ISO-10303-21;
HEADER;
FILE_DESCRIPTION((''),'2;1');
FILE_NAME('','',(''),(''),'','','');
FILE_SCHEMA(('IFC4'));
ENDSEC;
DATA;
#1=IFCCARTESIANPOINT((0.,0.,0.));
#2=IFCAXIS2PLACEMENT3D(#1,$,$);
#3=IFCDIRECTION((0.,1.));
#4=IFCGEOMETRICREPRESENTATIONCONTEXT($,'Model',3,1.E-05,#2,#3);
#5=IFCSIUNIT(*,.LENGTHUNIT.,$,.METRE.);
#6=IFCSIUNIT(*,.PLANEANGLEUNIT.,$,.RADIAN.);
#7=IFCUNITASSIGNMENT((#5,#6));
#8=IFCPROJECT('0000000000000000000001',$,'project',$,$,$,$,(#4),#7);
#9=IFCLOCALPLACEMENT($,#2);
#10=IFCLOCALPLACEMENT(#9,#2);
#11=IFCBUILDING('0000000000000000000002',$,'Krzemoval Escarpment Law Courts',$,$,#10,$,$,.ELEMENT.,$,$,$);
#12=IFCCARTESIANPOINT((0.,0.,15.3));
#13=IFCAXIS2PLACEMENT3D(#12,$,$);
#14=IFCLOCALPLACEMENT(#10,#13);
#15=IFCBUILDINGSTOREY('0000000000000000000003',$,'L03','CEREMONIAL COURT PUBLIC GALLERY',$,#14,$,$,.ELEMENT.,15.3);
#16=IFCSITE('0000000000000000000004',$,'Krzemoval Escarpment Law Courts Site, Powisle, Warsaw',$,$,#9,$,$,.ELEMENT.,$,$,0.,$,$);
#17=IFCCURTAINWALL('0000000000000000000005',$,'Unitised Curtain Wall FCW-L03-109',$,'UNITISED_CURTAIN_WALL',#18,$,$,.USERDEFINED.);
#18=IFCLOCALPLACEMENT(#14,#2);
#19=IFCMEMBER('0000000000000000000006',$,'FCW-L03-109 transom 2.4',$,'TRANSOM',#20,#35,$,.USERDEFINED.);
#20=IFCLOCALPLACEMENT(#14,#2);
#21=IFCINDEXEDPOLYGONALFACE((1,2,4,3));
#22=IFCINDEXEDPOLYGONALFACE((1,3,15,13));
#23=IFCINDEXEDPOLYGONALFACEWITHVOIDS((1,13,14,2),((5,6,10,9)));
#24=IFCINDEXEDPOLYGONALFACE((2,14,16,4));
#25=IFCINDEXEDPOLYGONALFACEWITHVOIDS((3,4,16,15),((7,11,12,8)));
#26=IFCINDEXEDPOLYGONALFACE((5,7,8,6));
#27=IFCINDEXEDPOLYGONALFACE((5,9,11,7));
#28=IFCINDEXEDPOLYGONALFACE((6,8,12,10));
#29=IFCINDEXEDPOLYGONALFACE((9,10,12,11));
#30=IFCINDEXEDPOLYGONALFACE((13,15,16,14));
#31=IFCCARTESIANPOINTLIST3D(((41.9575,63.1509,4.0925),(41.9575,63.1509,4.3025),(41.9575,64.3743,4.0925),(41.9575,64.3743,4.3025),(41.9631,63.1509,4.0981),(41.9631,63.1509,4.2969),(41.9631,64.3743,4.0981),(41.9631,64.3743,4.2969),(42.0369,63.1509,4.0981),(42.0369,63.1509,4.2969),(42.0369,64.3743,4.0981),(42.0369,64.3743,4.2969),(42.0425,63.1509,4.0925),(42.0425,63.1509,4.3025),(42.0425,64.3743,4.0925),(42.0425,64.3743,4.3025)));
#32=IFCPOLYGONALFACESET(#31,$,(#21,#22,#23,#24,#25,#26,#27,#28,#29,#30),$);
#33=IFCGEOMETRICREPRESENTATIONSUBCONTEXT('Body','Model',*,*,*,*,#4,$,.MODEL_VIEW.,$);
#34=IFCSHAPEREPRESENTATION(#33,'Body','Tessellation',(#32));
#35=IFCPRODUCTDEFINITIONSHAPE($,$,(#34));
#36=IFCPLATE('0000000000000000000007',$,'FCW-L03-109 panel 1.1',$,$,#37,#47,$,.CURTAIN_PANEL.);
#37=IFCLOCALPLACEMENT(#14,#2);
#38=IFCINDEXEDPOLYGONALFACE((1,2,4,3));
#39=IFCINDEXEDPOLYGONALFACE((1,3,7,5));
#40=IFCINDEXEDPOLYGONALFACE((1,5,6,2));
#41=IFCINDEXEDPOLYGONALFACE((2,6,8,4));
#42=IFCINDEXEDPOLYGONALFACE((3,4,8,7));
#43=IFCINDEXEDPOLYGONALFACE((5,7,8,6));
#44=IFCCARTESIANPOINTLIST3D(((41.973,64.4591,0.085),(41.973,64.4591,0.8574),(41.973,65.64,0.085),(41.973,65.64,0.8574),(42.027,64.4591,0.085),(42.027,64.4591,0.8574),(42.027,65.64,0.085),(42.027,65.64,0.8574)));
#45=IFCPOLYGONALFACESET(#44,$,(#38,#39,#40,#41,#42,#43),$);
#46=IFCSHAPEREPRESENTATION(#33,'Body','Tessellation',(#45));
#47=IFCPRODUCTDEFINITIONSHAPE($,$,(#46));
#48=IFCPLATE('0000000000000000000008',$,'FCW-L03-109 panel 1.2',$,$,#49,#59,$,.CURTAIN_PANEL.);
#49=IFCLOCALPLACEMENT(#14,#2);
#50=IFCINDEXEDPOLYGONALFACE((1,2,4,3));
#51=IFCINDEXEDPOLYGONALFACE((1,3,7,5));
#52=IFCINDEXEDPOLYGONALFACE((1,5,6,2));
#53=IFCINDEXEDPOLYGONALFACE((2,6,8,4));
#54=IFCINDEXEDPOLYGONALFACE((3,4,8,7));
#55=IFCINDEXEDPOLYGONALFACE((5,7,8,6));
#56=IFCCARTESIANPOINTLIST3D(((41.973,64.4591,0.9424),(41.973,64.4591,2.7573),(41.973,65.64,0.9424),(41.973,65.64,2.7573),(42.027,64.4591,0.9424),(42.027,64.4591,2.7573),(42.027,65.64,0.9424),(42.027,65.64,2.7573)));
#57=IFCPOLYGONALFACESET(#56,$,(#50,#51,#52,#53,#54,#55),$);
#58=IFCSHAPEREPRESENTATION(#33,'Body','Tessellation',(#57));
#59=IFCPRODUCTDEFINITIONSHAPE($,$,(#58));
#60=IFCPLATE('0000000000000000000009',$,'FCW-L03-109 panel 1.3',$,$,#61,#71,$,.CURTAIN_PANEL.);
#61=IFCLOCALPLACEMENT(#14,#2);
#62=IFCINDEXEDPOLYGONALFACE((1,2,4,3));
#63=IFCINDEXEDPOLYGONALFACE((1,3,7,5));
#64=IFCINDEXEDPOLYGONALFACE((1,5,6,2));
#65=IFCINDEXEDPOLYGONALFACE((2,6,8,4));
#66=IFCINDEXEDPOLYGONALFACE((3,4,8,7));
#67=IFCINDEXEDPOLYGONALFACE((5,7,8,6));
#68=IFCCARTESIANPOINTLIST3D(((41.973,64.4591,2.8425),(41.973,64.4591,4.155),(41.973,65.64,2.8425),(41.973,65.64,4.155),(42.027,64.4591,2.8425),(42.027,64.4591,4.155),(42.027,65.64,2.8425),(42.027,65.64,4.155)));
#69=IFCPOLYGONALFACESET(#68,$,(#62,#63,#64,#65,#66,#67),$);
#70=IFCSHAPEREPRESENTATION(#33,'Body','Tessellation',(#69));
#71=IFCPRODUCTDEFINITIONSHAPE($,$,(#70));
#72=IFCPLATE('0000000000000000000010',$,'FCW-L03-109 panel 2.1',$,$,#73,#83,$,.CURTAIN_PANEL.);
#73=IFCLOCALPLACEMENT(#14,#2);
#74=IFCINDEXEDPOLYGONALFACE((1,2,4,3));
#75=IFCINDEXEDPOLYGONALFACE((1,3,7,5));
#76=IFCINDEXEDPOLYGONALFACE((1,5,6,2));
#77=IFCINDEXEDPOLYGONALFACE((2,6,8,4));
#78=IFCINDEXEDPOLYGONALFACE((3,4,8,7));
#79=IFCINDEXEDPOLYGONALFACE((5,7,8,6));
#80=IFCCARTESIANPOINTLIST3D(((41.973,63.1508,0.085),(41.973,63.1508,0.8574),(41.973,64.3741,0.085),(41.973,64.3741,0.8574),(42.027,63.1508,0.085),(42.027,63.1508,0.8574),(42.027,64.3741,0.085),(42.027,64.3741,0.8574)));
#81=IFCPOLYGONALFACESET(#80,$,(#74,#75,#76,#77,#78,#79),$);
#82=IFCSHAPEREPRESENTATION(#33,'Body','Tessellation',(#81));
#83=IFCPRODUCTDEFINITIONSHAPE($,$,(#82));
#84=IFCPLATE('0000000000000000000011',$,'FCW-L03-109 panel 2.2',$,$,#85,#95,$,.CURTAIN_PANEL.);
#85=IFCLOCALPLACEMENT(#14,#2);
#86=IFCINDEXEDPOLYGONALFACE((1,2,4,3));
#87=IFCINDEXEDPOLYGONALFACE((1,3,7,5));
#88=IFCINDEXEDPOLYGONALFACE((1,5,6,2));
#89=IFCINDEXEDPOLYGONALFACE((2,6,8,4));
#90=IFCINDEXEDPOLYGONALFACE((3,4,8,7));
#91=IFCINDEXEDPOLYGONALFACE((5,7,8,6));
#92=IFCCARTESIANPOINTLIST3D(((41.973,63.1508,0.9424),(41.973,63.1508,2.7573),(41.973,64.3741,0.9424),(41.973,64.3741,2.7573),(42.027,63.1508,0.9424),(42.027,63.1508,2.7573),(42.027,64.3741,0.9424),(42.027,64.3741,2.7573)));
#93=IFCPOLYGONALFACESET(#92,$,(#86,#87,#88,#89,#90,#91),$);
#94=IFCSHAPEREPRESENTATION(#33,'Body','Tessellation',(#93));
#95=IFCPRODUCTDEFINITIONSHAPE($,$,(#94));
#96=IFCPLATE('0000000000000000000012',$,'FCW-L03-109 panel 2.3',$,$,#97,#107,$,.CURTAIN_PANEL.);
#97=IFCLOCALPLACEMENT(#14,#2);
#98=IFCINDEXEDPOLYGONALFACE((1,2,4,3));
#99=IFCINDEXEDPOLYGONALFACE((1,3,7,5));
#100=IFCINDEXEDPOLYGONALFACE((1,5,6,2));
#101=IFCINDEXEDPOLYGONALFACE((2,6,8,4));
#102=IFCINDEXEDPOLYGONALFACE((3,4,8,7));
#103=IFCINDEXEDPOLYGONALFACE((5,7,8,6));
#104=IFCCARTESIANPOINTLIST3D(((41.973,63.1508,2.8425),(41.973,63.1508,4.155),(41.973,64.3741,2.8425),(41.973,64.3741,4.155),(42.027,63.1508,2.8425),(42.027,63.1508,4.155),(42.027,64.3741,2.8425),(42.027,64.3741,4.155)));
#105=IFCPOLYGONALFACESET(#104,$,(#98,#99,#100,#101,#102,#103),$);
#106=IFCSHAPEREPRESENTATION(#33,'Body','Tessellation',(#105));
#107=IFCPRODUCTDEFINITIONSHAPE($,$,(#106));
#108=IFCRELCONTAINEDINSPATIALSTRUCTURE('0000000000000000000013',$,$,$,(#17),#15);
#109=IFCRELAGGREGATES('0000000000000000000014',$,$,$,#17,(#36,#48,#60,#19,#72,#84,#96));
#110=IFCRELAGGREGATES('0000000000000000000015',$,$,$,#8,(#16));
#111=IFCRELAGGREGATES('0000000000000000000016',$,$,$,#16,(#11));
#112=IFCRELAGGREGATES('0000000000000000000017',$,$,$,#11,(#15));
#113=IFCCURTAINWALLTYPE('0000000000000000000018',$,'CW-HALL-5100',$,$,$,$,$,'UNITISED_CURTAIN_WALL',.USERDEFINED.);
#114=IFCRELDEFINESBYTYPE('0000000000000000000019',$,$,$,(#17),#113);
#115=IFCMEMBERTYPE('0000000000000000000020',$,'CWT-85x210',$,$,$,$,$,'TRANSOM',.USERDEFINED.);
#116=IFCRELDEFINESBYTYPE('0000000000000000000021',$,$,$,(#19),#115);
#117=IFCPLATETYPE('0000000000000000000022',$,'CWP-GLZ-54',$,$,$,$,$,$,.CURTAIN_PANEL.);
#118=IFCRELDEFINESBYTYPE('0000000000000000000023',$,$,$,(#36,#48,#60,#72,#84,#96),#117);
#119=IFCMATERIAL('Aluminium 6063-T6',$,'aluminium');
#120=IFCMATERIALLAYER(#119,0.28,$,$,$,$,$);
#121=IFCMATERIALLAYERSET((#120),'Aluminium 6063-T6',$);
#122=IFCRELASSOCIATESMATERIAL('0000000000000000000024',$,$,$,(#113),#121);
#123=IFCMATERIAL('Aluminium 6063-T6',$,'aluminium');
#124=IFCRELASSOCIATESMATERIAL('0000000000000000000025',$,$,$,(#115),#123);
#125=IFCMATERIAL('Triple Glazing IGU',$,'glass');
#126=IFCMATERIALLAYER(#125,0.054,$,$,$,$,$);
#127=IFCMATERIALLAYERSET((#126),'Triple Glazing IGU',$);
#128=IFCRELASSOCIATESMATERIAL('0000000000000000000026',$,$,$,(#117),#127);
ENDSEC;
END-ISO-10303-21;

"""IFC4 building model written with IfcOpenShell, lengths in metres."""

from ifc_helpers import new_model, si_unit, direction, frame, origin, origin_2d, place, context, subcontext, project, spatial, rectangle, hollow_rectangle, extrude, material, layer, layer_set, material_profile, profile_set, type_object, element, aggregate, save


model = new_model("IFC4")

# Units and contexts
model_context = context("Model", 3, precision=1e-05, world=origin(), true_north=direction((0.0, 1.0)))
body_context = subcontext(model_context, "Body", "Model", "MODEL_VIEW")
ifc_project = project(units=[si_unit("LENGTHUNIT", "METRE"), si_unit("PLANEANGLEUNIT", "RADIAN")], contexts=[model_context])

# Site, building, storey
site_placement = place(None, origin())
site = spatial("IfcSite", under=ifc_project, at=site_placement, Name="Krzemoval Escarpment Law Courts Site, Powisle, Warsaw", CompositionType="ELEMENT", RefElevation=0.0)
building_placement = place(site_placement, origin())
building = spatial("IfcBuilding", under=site, at=building_placement, Name="Krzemoval Escarpment Law Courts", CompositionType="ELEMENT")
storey_placement = place(building_placement, frame((0.0, 0.0, 15.3)))
storey = spatial("IfcBuildingStorey", under=building, at=storey_placement, Name="L03", Description="CEREMONIAL COURT PUBLIC GALLERY", CompositionType="ELEMENT", Elevation=15.3)

# Curtain wall, member, plates
ifc_material_1 = material(Name="Aluminium 6063-T6", Category="aluminium")
ifc_layer_1 = layer(ifc_material_1, 0.28)
ifc_layer_set_1 = layer_set([ifc_layer_1], Name="Aluminium 6063-T6")
curtain_wall_type = type_object("IfcCurtainWallType", Name="CW-HALL-5100", ElementType="UNITISED_CURTAIN_WALL", PredefinedType="USERDEFINED", material=ifc_layer_set_1)
curtain_wall_placement = place(storey_placement, origin())
curtain_wall = element("IfcCurtainWall", 1, at=curtain_wall_placement, inside=storey, type_object=curtain_wall_type, Name="Unitised Curtain Wall FCW-L03-109", ObjectType="UNITISED_CURTAIN_WALL", PredefinedType="USERDEFINED")
ifc_material_2 = material(Name="Aluminium 6063-T6", Category="aluminium")
ifc_material_profile_1 = material_profile(ifc_material_2, hollow_rectangle(XDim=0.085, YDim=0.21, WallThickness=0.0056, at=origin_2d()), Name="ALU T85x210")
ifc_profile_set_1 = profile_set([ifc_material_profile_1], Name="Aluminium 6063-T6")
member_type_1 = type_object("IfcMemberType", Name="CWT-85x210", ElementType="TRANSOM", PredefinedType="USERDEFINED", material=ifc_profile_set_1)
member_1_placement = place(storey_placement, frame((42.0, 64.3743, 4.1975), z_axis=(0.0, -1.0, 0.0), x_axis=(1.0, 0.0, 0.0)))
member_1 = element("IfcMember", 2, at=member_1_placement, type_object=member_type_1, Name="FCW-L03-109 transom 2.4", ObjectType="TRANSOM", PredefinedType="USERDEFINED", context=body_context, shape_type="SweptSolid", body=[
    extrude(hollow_rectangle(XDim=0.085, YDim=0.21, WallThickness=0.0056, at=origin_2d()), origin(), (0.0, 0.0, 1.0), 1.2234),
])
ifc_material_3 = material(Name="Triple Glazing IGU", Category="glass")
ifc_layer_2 = layer(ifc_material_3, 0.054)
ifc_layer_set_2 = layer_set([ifc_layer_2], Name="Triple Glazing IGU")
plate_type = type_object("IfcPlateType", Name="CWP-GLZ-54", PredefinedType="CURTAIN_PANEL", material=ifc_layer_set_2)
plate_1_placement = place(storey_placement, frame((42.0, 65.0496, 0.085), z_axis=(0.0, 0.0, 1.0), x_axis=(0.0, -1.0, 0.0)))
plate_1 = element("IfcPlate", 3, at=plate_1_placement, type_object=plate_type, Name="FCW-L03-109 panel 1.1", PredefinedType="CURTAIN_PANEL", context=body_context, shape_type="SweptSolid", body=[
    extrude(rectangle(XDim=1.1809, YDim=0.054, at=origin_2d()), origin(), (0.0, 0.0, 1.0), 0.7725),
])
plate_2_placement = place(storey_placement, frame((42.0, 65.0496, 0.9424), z_axis=(0.0, 0.0, 1.0), x_axis=(0.0, -1.0, 0.0)))
plate_2 = element("IfcPlate", 4, at=plate_2_placement, type_object=plate_type, Name="FCW-L03-109 panel 1.2", PredefinedType="CURTAIN_PANEL", context=body_context, shape_type="SweptSolid", body=[
    extrude(rectangle(XDim=1.1809, YDim=0.054, at=origin_2d()), origin(), (0.0, 0.0, 1.0), 1.8149),
])
plate_3_placement = place(storey_placement, frame((42.0, 65.0496, 2.8425), z_axis=(0.0, 0.0, 1.0), x_axis=(0.0, -1.0, 0.0)))
plate_3 = element("IfcPlate", 5, at=plate_3_placement, type_object=plate_type, Name="FCW-L03-109 panel 1.3", PredefinedType="CURTAIN_PANEL", context=body_context, shape_type="SweptSolid", body=[
    extrude(rectangle(XDim=1.1809, YDim=0.054, at=origin_2d()), origin(), (0.0, 0.0, 1.0), 1.3125),
])
plate_4_placement = place(storey_placement, frame((42.0, 63.7625, 0.085), z_axis=(0.0, 0.0, 1.0), x_axis=(0.0, -1.0, 0.0)))
plate_4 = element("IfcPlate", 6, at=plate_4_placement, type_object=plate_type, Name="FCW-L03-109 panel 2.1", PredefinedType="CURTAIN_PANEL", context=body_context, shape_type="SweptSolid", body=[
    extrude(rectangle(XDim=1.2234, YDim=0.054, at=origin_2d()), origin(), (0.0, 0.0, 1.0), 0.7725),
])
plate_5_placement = place(storey_placement, frame((42.0, 63.7625, 0.9424), z_axis=(0.0, 0.0, 1.0), x_axis=(0.0, -1.0, 0.0)))
plate_5 = element("IfcPlate", 7, at=plate_5_placement, type_object=plate_type, Name="FCW-L03-109 panel 2.2", PredefinedType="CURTAIN_PANEL", context=body_context, shape_type="SweptSolid", body=[
    extrude(rectangle(XDim=1.2234, YDim=0.054, at=origin_2d()), origin(), (0.0, 0.0, 1.0), 1.8149),
])
plate_6_placement = place(storey_placement, frame((42.0, 63.7625, 2.8425), z_axis=(0.0, 0.0, 1.0), x_axis=(0.0, -1.0, 0.0)))
plate_6 = element("IfcPlate", 8, at=plate_6_placement, type_object=plate_type, Name="FCW-L03-109 panel 2.3", PredefinedType="CURTAIN_PANEL", context=body_context, shape_type="SweptSolid", body=[
    extrude(rectangle(XDim=1.2234, YDim=0.054, at=origin_2d()), origin(), (0.0, 0.0, 1.0), 1.3125),
])
aggregate(curtain_wall, [plate_1, plate_2, plate_3, member_1, plate_4, plate_5, plate_6])

save(model, "model.ifc")
